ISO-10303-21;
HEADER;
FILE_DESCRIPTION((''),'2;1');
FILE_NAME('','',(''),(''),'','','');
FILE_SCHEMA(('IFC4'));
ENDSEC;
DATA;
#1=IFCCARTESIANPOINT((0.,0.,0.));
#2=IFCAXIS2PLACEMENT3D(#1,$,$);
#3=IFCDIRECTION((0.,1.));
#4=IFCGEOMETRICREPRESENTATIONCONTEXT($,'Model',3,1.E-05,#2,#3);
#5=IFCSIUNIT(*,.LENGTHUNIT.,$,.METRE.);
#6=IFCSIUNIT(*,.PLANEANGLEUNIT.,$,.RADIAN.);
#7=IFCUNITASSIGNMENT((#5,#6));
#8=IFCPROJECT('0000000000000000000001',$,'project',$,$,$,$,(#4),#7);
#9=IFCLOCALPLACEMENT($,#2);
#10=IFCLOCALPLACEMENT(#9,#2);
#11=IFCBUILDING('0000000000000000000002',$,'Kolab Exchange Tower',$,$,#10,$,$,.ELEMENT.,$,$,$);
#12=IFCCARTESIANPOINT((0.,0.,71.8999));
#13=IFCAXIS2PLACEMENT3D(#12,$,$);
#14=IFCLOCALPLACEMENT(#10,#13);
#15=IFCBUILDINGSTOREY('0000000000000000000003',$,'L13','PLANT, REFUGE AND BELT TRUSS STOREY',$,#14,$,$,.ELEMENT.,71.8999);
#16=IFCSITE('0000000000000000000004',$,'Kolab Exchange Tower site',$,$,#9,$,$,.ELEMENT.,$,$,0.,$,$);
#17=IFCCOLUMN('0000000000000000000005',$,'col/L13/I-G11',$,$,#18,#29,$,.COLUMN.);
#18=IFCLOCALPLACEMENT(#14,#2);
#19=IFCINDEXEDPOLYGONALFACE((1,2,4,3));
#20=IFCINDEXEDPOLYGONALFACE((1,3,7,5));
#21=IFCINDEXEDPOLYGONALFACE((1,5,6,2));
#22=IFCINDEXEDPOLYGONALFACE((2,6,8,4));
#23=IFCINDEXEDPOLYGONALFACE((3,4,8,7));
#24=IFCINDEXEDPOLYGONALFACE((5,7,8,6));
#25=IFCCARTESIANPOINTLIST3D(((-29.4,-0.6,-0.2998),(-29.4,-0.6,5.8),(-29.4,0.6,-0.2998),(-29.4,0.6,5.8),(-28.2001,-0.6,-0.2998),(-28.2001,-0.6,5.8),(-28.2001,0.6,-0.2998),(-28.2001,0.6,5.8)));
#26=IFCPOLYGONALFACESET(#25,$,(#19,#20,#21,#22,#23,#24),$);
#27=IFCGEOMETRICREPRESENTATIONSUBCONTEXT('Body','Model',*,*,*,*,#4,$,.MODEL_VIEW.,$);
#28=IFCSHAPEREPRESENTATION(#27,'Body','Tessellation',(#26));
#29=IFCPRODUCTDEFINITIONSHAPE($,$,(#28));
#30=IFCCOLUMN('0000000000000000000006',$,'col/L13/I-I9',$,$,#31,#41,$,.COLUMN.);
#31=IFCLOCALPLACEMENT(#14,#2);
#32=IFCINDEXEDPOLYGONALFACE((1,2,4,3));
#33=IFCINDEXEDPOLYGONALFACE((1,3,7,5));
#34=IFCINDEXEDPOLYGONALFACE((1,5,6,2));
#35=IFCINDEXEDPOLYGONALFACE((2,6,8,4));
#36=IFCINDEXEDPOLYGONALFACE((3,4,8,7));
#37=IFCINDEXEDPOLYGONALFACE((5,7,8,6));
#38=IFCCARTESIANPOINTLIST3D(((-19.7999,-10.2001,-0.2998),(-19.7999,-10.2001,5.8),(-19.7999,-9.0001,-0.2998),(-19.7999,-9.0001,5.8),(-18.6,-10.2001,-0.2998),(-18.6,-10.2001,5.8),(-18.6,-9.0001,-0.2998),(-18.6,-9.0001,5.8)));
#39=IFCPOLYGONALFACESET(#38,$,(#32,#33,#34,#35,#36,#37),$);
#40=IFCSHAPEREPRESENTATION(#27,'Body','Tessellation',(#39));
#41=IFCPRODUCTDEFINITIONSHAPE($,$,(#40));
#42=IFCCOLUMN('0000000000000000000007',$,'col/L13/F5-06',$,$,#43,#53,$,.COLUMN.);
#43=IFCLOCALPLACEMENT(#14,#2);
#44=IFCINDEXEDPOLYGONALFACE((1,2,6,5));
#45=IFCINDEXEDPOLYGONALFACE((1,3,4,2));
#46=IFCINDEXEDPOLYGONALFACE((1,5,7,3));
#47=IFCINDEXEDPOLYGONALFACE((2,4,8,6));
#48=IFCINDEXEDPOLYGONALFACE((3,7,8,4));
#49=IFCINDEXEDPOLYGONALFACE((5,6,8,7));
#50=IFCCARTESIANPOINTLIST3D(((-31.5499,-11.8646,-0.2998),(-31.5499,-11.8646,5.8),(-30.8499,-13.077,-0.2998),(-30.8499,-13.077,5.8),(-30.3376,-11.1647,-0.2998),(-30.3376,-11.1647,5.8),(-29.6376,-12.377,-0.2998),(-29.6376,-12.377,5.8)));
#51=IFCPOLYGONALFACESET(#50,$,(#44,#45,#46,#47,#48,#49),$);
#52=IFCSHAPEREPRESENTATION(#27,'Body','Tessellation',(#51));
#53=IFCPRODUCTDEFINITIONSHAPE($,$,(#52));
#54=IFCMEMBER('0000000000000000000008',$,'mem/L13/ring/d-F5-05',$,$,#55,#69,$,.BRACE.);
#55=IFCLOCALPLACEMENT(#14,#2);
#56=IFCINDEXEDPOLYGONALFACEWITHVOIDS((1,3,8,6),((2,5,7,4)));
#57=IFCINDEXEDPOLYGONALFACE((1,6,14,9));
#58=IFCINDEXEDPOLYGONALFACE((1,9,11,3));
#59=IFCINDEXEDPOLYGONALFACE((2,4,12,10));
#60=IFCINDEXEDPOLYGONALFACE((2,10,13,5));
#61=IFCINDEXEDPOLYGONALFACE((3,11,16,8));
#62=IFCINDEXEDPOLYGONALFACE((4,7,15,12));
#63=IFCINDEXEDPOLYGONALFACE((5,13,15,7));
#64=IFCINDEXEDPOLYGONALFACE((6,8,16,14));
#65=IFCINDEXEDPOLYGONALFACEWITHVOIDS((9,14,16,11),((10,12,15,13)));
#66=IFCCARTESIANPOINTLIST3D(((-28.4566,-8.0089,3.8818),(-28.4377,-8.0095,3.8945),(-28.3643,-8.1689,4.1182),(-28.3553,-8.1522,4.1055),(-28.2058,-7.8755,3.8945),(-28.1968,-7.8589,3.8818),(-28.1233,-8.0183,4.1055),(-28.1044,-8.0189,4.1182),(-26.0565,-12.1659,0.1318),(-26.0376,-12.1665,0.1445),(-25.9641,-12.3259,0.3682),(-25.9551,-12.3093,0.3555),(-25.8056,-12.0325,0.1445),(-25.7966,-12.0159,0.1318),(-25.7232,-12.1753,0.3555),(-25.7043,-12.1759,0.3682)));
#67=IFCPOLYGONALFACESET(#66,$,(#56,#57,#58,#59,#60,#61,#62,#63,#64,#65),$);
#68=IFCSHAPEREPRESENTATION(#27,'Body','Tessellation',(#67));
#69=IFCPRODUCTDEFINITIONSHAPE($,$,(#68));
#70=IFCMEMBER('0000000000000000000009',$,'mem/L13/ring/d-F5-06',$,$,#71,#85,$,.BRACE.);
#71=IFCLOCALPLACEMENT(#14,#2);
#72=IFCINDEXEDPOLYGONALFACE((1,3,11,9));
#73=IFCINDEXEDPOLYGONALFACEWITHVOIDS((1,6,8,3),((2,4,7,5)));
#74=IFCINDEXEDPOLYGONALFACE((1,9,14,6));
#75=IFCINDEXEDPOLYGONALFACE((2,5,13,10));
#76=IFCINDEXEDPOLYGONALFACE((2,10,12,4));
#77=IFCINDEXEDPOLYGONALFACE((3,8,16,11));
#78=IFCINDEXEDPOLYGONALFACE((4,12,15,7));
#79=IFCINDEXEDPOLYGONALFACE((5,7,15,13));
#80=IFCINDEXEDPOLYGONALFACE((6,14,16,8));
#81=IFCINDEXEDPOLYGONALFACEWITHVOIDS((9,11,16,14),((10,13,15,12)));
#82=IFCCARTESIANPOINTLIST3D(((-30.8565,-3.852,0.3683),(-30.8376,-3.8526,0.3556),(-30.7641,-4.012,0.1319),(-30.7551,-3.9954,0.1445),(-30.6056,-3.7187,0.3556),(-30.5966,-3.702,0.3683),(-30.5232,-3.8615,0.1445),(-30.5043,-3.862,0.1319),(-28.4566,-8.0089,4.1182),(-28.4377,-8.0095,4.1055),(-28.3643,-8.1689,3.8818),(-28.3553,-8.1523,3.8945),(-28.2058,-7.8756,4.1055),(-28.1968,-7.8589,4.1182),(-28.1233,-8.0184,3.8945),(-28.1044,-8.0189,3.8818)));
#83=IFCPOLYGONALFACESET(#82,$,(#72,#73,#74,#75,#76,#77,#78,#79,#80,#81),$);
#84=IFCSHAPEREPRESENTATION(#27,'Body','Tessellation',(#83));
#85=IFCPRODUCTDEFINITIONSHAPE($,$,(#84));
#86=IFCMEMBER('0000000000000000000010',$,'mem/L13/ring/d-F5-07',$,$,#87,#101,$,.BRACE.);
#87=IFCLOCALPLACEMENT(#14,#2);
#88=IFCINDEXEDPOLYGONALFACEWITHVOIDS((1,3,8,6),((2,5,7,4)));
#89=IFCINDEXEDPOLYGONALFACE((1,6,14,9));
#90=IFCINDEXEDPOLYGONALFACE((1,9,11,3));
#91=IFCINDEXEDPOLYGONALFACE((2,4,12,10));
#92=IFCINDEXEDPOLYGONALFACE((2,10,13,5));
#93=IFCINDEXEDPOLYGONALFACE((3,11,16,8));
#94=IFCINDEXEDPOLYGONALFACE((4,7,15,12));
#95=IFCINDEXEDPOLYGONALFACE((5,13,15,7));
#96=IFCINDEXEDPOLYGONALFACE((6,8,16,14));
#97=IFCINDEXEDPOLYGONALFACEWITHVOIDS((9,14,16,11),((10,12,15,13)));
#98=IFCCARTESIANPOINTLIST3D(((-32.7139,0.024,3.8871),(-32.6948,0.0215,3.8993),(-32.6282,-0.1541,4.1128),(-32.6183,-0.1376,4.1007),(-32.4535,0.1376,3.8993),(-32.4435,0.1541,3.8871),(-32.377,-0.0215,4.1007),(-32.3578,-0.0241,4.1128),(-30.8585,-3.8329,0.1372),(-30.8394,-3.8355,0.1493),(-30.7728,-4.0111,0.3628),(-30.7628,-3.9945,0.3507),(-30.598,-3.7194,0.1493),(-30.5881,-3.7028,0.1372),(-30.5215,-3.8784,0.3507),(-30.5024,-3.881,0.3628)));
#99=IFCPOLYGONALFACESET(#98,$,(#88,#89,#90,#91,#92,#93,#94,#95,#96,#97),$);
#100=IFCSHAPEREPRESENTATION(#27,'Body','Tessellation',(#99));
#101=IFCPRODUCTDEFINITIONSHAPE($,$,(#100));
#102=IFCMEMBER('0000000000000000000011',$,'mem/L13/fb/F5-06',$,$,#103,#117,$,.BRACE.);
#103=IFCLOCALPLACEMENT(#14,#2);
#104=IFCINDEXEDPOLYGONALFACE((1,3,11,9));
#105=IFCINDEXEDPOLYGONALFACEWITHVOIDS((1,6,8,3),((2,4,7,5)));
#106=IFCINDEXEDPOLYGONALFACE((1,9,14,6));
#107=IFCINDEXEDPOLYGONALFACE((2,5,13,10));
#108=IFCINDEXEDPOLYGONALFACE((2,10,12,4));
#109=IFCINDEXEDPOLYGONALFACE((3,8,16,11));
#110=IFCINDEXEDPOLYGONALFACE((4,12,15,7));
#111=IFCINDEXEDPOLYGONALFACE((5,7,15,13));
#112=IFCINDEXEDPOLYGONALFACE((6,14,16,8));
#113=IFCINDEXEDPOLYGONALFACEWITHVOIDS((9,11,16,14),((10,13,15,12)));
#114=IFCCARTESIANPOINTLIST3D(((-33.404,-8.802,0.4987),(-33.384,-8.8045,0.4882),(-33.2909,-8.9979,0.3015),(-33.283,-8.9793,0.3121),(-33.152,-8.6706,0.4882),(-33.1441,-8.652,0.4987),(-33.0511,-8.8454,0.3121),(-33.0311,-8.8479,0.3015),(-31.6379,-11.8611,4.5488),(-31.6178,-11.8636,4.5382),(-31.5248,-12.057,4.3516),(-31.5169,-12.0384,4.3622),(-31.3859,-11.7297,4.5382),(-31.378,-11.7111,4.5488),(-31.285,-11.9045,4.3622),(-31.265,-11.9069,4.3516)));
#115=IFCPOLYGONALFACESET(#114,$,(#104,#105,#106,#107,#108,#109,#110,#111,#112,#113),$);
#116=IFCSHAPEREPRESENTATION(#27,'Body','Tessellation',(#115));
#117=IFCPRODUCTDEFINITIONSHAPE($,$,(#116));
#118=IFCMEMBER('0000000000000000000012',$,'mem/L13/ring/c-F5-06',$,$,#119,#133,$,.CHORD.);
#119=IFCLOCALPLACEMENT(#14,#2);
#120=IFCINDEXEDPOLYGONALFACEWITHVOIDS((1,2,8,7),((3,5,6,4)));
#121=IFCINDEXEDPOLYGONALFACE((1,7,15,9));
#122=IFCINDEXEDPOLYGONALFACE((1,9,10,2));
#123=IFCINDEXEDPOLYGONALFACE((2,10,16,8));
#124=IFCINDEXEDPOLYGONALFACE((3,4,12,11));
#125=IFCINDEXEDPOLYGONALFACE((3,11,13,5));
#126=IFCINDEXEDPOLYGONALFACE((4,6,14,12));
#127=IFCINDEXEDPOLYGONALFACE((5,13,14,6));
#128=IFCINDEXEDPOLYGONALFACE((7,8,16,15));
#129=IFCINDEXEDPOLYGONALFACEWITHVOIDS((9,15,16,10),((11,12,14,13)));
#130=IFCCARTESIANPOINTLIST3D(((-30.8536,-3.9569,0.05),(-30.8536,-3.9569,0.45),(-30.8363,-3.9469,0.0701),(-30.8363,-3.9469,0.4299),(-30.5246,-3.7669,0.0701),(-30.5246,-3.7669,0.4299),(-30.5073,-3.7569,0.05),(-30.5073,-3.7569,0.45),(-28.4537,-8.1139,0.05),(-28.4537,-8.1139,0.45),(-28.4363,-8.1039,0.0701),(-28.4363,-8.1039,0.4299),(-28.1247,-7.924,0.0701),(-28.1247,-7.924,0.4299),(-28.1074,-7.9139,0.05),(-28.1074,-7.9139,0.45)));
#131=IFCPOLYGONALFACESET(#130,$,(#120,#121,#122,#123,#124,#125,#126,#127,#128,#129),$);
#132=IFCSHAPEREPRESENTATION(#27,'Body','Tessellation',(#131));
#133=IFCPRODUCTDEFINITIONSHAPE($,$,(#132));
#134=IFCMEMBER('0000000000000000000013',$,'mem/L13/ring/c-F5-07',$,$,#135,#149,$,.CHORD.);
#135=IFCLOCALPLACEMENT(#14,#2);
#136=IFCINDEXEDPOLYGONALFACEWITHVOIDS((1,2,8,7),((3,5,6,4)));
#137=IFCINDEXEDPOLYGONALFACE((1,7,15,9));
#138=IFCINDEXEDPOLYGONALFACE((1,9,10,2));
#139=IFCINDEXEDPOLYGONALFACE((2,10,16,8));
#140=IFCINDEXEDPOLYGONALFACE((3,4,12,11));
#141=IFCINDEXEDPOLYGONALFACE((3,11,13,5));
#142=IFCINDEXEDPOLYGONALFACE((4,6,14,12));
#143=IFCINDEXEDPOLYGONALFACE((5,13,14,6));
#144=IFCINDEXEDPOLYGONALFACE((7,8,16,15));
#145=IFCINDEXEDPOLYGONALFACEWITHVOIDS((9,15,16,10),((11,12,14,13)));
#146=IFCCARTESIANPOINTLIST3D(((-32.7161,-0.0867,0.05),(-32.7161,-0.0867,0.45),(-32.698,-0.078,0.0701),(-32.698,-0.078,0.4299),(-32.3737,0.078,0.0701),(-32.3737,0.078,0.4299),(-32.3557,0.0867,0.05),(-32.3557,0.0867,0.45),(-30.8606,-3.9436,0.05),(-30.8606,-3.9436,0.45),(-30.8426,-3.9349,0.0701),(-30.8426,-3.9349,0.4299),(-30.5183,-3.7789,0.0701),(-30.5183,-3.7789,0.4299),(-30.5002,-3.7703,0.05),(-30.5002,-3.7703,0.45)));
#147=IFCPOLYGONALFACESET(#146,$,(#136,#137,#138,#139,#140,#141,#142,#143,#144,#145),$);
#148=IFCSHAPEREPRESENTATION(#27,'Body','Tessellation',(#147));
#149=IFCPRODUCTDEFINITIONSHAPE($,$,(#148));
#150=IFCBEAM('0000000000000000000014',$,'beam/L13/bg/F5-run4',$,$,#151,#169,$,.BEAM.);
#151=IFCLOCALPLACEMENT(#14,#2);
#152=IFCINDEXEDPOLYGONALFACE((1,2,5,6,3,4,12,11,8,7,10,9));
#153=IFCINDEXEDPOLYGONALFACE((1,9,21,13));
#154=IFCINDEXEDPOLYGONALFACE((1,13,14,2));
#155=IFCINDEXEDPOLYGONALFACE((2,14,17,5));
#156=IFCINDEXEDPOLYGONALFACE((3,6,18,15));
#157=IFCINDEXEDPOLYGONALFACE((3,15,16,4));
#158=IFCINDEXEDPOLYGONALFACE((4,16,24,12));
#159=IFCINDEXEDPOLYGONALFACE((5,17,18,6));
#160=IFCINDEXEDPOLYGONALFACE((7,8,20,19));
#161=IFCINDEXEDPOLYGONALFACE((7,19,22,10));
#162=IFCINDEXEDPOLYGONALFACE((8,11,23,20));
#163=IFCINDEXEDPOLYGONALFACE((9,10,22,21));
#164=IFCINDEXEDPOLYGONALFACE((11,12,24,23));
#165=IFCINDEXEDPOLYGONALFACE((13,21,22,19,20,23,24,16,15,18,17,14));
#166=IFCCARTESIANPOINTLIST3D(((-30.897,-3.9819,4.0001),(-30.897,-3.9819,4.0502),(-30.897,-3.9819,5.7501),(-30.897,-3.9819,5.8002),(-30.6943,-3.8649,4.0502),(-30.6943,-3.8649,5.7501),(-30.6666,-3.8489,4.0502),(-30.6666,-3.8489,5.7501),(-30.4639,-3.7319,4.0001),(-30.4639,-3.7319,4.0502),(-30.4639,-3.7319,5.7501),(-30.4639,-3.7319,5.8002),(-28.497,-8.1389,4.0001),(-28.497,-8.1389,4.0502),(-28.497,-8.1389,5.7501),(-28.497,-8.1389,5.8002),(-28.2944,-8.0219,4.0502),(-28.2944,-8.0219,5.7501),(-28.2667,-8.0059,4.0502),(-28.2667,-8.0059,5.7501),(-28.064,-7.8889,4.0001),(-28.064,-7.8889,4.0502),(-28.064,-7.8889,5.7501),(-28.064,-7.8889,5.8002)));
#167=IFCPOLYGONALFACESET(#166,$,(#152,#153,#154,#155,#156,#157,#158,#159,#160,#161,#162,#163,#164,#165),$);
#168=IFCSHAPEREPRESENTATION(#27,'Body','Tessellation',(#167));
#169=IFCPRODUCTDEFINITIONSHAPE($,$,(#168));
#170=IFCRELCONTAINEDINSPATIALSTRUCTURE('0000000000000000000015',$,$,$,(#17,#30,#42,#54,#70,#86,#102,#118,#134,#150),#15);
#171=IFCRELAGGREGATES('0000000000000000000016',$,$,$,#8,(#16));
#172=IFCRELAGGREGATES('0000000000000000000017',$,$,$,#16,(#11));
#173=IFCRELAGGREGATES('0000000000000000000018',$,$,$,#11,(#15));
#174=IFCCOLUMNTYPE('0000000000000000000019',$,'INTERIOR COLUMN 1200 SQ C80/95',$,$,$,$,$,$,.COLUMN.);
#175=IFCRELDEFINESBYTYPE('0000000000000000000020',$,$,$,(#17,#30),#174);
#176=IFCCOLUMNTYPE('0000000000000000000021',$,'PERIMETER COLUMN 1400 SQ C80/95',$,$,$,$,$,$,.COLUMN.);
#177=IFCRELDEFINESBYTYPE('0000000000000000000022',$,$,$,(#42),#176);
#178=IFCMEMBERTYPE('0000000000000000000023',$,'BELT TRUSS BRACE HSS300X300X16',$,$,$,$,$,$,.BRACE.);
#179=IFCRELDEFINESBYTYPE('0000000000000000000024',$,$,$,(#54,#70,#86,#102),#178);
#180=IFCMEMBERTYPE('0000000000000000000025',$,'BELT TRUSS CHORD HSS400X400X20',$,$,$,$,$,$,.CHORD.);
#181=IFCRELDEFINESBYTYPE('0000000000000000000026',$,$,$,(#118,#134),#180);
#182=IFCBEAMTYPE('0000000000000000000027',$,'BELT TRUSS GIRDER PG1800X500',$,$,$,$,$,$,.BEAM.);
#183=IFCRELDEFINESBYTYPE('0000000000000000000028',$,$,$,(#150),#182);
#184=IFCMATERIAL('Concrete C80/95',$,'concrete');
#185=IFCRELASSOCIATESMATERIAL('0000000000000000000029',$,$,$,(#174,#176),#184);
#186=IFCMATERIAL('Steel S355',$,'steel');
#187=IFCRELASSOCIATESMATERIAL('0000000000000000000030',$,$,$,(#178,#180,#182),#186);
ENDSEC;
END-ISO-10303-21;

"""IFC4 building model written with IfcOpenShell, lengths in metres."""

from ifc_helpers import new_model, si_unit, direction, frame, origin, origin_2d, place, context, subcontext, project, spatial, rectangle, hollow_rectangle, i_section, extrude, material, material_profile, profile_set, type_object, element, save


model = new_model("IFC4")

# Units and contexts
model_context = context("Model", 3, precision=1e-05, world=origin(), true_north=direction((0.0, 1.0)))
body_context = subcontext(model_context, "Body", "Model", "MODEL_VIEW")
ifc_project = project(units=[si_unit("LENGTHUNIT", "METRE"), si_unit("PLANEANGLEUNIT", "RADIAN")], contexts=[model_context])

# Site, building, storey
site_placement = place(None, origin())
site = spatial("IfcSite", under=ifc_project, at=site_placement, Name="Kolab Exchange Tower site", CompositionType="ELEMENT", RefElevation=0.0)
building_placement = place(site_placement, origin())
building = spatial("IfcBuilding", under=site, at=building_placement, Name="Kolab Exchange Tower", CompositionType="ELEMENT")
storey_placement = place(building_placement, frame((0.0, 0.0, 71.8999)))
storey = spatial("IfcBuildingStorey", under=building, at=storey_placement, Name="L13", Description="PLANT, REFUGE AND BELT TRUSS STOREY", CompositionType="ELEMENT", Elevation=71.8999)

# Columns
ifc_material_1 = material(Name="Concrete C80/95", Category="concrete")
ifc_material_profile_1 = material_profile(ifc_material_1, rectangle(XDim=1.2, YDim=1.2, at=origin_2d()), Name="RC1200")
ifc_profile_set_1 = profile_set([ifc_material_profile_1], Name="Concrete C80/95")
column_type_1 = type_object("IfcColumnType", Name="INTERIOR COLUMN 1200 SQ C80/95", PredefinedType="COLUMN", material=ifc_profile_set_1)
for number, where, z_axis, x_axis, name in (
    (1, (-28.8, 0.0, -0.2998), (0.0, 0.0, 1.0), (1.0, 0.0, 0.0), "col/L13/I-G11"),
    (2, (-19.2, -9.6001, -0.2998), (0.0, 0.0, 1.0), (1.0, 0.0, 0.0), "col/L13/I-I9"),
):
    element("IfcColumn", number, at=place(storey_placement, frame(where, z_axis=z_axis, x_axis=x_axis)), inside=storey, type_object=column_type_1, Name=name, PredefinedType="COLUMN", context=body_context, shape_type="SweptSolid", body=[
        extrude(rectangle(XDim=1.2, YDim=1.2, at=origin_2d()), origin(), (0.0, 0.0, 1.0), 6.0999),
    ])
ifc_material_profile_2 = material_profile(ifc_material_1, rectangle(XDim=1.3999, YDim=1.3999, at=origin_2d()), Name="RC1400")
ifc_profile_set_2 = profile_set([ifc_material_profile_2], Name="Concrete C80/95")
column_type_2 = type_object("IfcColumnType", Name="PERIMETER COLUMN 1400 SQ C80/95", PredefinedType="COLUMN", material=ifc_profile_set_2)
column_placement = place(storey_placement, frame((-30.5938, -12.1208, -0.2998), z_axis=(0.0, 0.0, 1.0), x_axis=(0.866025, 0.5, 0.0)))
element("IfcColumn", 3, at=column_placement, inside=storey, type_object=column_type_2, Name="col/L13/F5-06", PredefinedType="COLUMN", context=body_context, shape_type="SweptSolid", body=[
    extrude(rectangle(XDim=1.3999, YDim=1.3999, at=origin_2d()), origin(), (0.0, 0.0, 1.0), 6.0999),
])

# Members
ifc_material_2 = material(Name="Steel S355", Category="steel")
ifc_material_profile_3 = material_profile(ifc_material_2, hollow_rectangle(XDim=0.3, YDim=0.3, WallThickness=0.0161, at=origin_2d()), Name="HSS300X300X16")
ifc_profile_set_3 = profile_set([ifc_material_profile_3], Name="Steel S355")
member_type_1 = type_object("IfcMemberType", Name="BELT TRUSS BRACE HSS300X300X16", PredefinedType="BRACE", material=ifc_profile_set_3)
member_1_placement = place(storey_placement, frame((-25.8804, -12.1709, 0.25), z_axis=(-0.39403, 0.682448, 0.615634), x_axis=(-0.866015, -0.500017, 0.0)))
element("IfcMember", 4, at=member_1_placement, inside=storey, type_object=member_type_1, Name="mem/L13/ring/d-F5-05", PredefinedType="BRACE", context=body_context, shape_type="SweptSolid", body=[
    extrude(hollow_rectangle(XDim=0.3, YDim=0.3, WallThickness=0.0161, at=origin_2d()), origin(), (0.0, 0.0, 1.0), 6.0913),
])
member_2_placement = place(storey_placement, frame((-28.2805, -8.0139, 4.0), z_axis=(-0.393996, 0.682459, -0.615644), x_axis=(-0.866037, -0.499979, 0.0)))
element("IfcMember", 5, at=member_2_placement, inside=storey, type_object=member_type_1, Name="mem/L13/ring/d-F5-06", PredefinedType="BRACE", context=body_context, shape_type="SweptSolid", body=[
    extrude(hollow_rectangle(XDim=0.3, YDim=0.3, WallThickness=0.0161, at=origin_2d()), origin(), (0.0, 0.0, 1.0), 6.0911),
])
member_3_placement = place(storey_placement, frame((-30.6804, -3.8569, 0.25), z_axis=(-0.326067, 0.677791, 0.658999), x_axis=(-0.901145, -0.433517, 0.0)))
element("IfcMember", 6, at=member_3_placement, inside=storey, type_object=member_type_1, Name="mem/L13/ring/d-F5-07", PredefinedType="BRACE", context=body_context, shape_type="SweptSolid", body=[
    extrude(hollow_rectangle(XDim=0.3, YDim=0.3, WallThickness=0.0161, at=origin_2d()), origin(), (0.0, 0.0, 1.0), 5.6904),
])
member_4_placement = place(storey_placement, frame((-31.4514, -11.884, 4.4502), z_axis=(-0.328639, 0.569236, -0.753636), x_axis=(-0.866031, -0.49999, 0.0)))
element("IfcMember", 7, at=member_4_placement, inside=storey, type_object=member_type_1, Name="mem/L13/fb/F5-06", PredefinedType="BRACE", context=body_context, shape_type="SweptSolid", body=[
    extrude(hollow_rectangle(XDim=0.3, YDim=0.3, WallThickness=0.0161, at=origin_2d()), origin(), (0.0, 0.0, 1.0), 5.374),
])
ifc_material_profile_4 = material_profile(ifc_material_2, hollow_rectangle(XDim=0.3999, YDim=0.3999, WallThickness=0.02, at=origin_2d()), Name="HSS400X400X20")
ifc_profile_set_4 = profile_set([ifc_material_profile_4], Name="Steel S355")
member_type_2 = type_object("IfcMemberType", Name="BELT TRUSS CHORD HSS400X400X20", PredefinedType="CHORD", material=ifc_profile_set_4)
member_5_placement = place(storey_placement, frame((-28.2805, -8.0139, 0.25), z_axis=(-0.499979, 0.866037, 0.0), x_axis=(-0.866037, -0.499979, 0.0)))
element("IfcMember", 8, at=member_5_placement, inside=storey, type_object=member_type_2, Name="mem/L13/ring/c-F5-06", PredefinedType="CHORD", context=body_context, shape_type="SweptSolid", body=[
    extrude(hollow_rectangle(XDim=0.3999, YDim=0.3999, WallThickness=0.02, at=origin_2d()), origin(), (0.0, 0.0, 1.0), 4.8),
])
member_6_placement = place(storey_placement, frame((-30.6804, -3.8569, 0.25), z_axis=(-0.433517, 0.901145, 0.0), x_axis=(-0.901145, -0.433517, 0.0)))
element("IfcMember", 9, at=member_6_placement, inside=storey, type_object=member_type_2, Name="mem/L13/ring/c-F5-07", PredefinedType="CHORD", context=body_context, shape_type="SweptSolid", body=[
    extrude(hollow_rectangle(XDim=0.3999, YDim=0.3999, WallThickness=0.02, at=origin_2d()), origin(), (0.0, 0.0, 1.0), 4.28),
])

# Beam
ifc_material_profile_5 = material_profile(ifc_material_2, i_section(OverallWidth=0.5, OverallDepth=1.8, WebThickness=0.032, FlangeThickness=0.05, at=origin_2d()), Name="PG1800X500")
ifc_profile_set_5 = profile_set([ifc_material_profile_5], Name="Steel S355")
beam_type_1 = type_object("IfcBeamType", Name="BELT TRUSS GIRDER PG1800X500", PredefinedType="BEAM", material=ifc_profile_set_5)
beam_1_placement = place(storey_placement, frame((-28.2805, -8.0139, 4.9001), z_axis=(-0.499979, 0.866037, 0.0), x_axis=(-0.866037, -0.499979, 0.0)))
element("IfcBeam", 10, at=beam_1_placement, inside=storey, type_object=beam_type_1, Name="beam/L13/bg/F5-run4", PredefinedType="BEAM", context=body_context, shape_type="SweptSolid", body=[
    extrude(i_section(OverallWidth=0.5, OverallDepth=1.8, WebThickness=0.032, FlangeThickness=0.05, at=origin_2d()), origin(), (0.0, 0.0, 1.0), 4.8),
])

save(model, "model.ifc")
